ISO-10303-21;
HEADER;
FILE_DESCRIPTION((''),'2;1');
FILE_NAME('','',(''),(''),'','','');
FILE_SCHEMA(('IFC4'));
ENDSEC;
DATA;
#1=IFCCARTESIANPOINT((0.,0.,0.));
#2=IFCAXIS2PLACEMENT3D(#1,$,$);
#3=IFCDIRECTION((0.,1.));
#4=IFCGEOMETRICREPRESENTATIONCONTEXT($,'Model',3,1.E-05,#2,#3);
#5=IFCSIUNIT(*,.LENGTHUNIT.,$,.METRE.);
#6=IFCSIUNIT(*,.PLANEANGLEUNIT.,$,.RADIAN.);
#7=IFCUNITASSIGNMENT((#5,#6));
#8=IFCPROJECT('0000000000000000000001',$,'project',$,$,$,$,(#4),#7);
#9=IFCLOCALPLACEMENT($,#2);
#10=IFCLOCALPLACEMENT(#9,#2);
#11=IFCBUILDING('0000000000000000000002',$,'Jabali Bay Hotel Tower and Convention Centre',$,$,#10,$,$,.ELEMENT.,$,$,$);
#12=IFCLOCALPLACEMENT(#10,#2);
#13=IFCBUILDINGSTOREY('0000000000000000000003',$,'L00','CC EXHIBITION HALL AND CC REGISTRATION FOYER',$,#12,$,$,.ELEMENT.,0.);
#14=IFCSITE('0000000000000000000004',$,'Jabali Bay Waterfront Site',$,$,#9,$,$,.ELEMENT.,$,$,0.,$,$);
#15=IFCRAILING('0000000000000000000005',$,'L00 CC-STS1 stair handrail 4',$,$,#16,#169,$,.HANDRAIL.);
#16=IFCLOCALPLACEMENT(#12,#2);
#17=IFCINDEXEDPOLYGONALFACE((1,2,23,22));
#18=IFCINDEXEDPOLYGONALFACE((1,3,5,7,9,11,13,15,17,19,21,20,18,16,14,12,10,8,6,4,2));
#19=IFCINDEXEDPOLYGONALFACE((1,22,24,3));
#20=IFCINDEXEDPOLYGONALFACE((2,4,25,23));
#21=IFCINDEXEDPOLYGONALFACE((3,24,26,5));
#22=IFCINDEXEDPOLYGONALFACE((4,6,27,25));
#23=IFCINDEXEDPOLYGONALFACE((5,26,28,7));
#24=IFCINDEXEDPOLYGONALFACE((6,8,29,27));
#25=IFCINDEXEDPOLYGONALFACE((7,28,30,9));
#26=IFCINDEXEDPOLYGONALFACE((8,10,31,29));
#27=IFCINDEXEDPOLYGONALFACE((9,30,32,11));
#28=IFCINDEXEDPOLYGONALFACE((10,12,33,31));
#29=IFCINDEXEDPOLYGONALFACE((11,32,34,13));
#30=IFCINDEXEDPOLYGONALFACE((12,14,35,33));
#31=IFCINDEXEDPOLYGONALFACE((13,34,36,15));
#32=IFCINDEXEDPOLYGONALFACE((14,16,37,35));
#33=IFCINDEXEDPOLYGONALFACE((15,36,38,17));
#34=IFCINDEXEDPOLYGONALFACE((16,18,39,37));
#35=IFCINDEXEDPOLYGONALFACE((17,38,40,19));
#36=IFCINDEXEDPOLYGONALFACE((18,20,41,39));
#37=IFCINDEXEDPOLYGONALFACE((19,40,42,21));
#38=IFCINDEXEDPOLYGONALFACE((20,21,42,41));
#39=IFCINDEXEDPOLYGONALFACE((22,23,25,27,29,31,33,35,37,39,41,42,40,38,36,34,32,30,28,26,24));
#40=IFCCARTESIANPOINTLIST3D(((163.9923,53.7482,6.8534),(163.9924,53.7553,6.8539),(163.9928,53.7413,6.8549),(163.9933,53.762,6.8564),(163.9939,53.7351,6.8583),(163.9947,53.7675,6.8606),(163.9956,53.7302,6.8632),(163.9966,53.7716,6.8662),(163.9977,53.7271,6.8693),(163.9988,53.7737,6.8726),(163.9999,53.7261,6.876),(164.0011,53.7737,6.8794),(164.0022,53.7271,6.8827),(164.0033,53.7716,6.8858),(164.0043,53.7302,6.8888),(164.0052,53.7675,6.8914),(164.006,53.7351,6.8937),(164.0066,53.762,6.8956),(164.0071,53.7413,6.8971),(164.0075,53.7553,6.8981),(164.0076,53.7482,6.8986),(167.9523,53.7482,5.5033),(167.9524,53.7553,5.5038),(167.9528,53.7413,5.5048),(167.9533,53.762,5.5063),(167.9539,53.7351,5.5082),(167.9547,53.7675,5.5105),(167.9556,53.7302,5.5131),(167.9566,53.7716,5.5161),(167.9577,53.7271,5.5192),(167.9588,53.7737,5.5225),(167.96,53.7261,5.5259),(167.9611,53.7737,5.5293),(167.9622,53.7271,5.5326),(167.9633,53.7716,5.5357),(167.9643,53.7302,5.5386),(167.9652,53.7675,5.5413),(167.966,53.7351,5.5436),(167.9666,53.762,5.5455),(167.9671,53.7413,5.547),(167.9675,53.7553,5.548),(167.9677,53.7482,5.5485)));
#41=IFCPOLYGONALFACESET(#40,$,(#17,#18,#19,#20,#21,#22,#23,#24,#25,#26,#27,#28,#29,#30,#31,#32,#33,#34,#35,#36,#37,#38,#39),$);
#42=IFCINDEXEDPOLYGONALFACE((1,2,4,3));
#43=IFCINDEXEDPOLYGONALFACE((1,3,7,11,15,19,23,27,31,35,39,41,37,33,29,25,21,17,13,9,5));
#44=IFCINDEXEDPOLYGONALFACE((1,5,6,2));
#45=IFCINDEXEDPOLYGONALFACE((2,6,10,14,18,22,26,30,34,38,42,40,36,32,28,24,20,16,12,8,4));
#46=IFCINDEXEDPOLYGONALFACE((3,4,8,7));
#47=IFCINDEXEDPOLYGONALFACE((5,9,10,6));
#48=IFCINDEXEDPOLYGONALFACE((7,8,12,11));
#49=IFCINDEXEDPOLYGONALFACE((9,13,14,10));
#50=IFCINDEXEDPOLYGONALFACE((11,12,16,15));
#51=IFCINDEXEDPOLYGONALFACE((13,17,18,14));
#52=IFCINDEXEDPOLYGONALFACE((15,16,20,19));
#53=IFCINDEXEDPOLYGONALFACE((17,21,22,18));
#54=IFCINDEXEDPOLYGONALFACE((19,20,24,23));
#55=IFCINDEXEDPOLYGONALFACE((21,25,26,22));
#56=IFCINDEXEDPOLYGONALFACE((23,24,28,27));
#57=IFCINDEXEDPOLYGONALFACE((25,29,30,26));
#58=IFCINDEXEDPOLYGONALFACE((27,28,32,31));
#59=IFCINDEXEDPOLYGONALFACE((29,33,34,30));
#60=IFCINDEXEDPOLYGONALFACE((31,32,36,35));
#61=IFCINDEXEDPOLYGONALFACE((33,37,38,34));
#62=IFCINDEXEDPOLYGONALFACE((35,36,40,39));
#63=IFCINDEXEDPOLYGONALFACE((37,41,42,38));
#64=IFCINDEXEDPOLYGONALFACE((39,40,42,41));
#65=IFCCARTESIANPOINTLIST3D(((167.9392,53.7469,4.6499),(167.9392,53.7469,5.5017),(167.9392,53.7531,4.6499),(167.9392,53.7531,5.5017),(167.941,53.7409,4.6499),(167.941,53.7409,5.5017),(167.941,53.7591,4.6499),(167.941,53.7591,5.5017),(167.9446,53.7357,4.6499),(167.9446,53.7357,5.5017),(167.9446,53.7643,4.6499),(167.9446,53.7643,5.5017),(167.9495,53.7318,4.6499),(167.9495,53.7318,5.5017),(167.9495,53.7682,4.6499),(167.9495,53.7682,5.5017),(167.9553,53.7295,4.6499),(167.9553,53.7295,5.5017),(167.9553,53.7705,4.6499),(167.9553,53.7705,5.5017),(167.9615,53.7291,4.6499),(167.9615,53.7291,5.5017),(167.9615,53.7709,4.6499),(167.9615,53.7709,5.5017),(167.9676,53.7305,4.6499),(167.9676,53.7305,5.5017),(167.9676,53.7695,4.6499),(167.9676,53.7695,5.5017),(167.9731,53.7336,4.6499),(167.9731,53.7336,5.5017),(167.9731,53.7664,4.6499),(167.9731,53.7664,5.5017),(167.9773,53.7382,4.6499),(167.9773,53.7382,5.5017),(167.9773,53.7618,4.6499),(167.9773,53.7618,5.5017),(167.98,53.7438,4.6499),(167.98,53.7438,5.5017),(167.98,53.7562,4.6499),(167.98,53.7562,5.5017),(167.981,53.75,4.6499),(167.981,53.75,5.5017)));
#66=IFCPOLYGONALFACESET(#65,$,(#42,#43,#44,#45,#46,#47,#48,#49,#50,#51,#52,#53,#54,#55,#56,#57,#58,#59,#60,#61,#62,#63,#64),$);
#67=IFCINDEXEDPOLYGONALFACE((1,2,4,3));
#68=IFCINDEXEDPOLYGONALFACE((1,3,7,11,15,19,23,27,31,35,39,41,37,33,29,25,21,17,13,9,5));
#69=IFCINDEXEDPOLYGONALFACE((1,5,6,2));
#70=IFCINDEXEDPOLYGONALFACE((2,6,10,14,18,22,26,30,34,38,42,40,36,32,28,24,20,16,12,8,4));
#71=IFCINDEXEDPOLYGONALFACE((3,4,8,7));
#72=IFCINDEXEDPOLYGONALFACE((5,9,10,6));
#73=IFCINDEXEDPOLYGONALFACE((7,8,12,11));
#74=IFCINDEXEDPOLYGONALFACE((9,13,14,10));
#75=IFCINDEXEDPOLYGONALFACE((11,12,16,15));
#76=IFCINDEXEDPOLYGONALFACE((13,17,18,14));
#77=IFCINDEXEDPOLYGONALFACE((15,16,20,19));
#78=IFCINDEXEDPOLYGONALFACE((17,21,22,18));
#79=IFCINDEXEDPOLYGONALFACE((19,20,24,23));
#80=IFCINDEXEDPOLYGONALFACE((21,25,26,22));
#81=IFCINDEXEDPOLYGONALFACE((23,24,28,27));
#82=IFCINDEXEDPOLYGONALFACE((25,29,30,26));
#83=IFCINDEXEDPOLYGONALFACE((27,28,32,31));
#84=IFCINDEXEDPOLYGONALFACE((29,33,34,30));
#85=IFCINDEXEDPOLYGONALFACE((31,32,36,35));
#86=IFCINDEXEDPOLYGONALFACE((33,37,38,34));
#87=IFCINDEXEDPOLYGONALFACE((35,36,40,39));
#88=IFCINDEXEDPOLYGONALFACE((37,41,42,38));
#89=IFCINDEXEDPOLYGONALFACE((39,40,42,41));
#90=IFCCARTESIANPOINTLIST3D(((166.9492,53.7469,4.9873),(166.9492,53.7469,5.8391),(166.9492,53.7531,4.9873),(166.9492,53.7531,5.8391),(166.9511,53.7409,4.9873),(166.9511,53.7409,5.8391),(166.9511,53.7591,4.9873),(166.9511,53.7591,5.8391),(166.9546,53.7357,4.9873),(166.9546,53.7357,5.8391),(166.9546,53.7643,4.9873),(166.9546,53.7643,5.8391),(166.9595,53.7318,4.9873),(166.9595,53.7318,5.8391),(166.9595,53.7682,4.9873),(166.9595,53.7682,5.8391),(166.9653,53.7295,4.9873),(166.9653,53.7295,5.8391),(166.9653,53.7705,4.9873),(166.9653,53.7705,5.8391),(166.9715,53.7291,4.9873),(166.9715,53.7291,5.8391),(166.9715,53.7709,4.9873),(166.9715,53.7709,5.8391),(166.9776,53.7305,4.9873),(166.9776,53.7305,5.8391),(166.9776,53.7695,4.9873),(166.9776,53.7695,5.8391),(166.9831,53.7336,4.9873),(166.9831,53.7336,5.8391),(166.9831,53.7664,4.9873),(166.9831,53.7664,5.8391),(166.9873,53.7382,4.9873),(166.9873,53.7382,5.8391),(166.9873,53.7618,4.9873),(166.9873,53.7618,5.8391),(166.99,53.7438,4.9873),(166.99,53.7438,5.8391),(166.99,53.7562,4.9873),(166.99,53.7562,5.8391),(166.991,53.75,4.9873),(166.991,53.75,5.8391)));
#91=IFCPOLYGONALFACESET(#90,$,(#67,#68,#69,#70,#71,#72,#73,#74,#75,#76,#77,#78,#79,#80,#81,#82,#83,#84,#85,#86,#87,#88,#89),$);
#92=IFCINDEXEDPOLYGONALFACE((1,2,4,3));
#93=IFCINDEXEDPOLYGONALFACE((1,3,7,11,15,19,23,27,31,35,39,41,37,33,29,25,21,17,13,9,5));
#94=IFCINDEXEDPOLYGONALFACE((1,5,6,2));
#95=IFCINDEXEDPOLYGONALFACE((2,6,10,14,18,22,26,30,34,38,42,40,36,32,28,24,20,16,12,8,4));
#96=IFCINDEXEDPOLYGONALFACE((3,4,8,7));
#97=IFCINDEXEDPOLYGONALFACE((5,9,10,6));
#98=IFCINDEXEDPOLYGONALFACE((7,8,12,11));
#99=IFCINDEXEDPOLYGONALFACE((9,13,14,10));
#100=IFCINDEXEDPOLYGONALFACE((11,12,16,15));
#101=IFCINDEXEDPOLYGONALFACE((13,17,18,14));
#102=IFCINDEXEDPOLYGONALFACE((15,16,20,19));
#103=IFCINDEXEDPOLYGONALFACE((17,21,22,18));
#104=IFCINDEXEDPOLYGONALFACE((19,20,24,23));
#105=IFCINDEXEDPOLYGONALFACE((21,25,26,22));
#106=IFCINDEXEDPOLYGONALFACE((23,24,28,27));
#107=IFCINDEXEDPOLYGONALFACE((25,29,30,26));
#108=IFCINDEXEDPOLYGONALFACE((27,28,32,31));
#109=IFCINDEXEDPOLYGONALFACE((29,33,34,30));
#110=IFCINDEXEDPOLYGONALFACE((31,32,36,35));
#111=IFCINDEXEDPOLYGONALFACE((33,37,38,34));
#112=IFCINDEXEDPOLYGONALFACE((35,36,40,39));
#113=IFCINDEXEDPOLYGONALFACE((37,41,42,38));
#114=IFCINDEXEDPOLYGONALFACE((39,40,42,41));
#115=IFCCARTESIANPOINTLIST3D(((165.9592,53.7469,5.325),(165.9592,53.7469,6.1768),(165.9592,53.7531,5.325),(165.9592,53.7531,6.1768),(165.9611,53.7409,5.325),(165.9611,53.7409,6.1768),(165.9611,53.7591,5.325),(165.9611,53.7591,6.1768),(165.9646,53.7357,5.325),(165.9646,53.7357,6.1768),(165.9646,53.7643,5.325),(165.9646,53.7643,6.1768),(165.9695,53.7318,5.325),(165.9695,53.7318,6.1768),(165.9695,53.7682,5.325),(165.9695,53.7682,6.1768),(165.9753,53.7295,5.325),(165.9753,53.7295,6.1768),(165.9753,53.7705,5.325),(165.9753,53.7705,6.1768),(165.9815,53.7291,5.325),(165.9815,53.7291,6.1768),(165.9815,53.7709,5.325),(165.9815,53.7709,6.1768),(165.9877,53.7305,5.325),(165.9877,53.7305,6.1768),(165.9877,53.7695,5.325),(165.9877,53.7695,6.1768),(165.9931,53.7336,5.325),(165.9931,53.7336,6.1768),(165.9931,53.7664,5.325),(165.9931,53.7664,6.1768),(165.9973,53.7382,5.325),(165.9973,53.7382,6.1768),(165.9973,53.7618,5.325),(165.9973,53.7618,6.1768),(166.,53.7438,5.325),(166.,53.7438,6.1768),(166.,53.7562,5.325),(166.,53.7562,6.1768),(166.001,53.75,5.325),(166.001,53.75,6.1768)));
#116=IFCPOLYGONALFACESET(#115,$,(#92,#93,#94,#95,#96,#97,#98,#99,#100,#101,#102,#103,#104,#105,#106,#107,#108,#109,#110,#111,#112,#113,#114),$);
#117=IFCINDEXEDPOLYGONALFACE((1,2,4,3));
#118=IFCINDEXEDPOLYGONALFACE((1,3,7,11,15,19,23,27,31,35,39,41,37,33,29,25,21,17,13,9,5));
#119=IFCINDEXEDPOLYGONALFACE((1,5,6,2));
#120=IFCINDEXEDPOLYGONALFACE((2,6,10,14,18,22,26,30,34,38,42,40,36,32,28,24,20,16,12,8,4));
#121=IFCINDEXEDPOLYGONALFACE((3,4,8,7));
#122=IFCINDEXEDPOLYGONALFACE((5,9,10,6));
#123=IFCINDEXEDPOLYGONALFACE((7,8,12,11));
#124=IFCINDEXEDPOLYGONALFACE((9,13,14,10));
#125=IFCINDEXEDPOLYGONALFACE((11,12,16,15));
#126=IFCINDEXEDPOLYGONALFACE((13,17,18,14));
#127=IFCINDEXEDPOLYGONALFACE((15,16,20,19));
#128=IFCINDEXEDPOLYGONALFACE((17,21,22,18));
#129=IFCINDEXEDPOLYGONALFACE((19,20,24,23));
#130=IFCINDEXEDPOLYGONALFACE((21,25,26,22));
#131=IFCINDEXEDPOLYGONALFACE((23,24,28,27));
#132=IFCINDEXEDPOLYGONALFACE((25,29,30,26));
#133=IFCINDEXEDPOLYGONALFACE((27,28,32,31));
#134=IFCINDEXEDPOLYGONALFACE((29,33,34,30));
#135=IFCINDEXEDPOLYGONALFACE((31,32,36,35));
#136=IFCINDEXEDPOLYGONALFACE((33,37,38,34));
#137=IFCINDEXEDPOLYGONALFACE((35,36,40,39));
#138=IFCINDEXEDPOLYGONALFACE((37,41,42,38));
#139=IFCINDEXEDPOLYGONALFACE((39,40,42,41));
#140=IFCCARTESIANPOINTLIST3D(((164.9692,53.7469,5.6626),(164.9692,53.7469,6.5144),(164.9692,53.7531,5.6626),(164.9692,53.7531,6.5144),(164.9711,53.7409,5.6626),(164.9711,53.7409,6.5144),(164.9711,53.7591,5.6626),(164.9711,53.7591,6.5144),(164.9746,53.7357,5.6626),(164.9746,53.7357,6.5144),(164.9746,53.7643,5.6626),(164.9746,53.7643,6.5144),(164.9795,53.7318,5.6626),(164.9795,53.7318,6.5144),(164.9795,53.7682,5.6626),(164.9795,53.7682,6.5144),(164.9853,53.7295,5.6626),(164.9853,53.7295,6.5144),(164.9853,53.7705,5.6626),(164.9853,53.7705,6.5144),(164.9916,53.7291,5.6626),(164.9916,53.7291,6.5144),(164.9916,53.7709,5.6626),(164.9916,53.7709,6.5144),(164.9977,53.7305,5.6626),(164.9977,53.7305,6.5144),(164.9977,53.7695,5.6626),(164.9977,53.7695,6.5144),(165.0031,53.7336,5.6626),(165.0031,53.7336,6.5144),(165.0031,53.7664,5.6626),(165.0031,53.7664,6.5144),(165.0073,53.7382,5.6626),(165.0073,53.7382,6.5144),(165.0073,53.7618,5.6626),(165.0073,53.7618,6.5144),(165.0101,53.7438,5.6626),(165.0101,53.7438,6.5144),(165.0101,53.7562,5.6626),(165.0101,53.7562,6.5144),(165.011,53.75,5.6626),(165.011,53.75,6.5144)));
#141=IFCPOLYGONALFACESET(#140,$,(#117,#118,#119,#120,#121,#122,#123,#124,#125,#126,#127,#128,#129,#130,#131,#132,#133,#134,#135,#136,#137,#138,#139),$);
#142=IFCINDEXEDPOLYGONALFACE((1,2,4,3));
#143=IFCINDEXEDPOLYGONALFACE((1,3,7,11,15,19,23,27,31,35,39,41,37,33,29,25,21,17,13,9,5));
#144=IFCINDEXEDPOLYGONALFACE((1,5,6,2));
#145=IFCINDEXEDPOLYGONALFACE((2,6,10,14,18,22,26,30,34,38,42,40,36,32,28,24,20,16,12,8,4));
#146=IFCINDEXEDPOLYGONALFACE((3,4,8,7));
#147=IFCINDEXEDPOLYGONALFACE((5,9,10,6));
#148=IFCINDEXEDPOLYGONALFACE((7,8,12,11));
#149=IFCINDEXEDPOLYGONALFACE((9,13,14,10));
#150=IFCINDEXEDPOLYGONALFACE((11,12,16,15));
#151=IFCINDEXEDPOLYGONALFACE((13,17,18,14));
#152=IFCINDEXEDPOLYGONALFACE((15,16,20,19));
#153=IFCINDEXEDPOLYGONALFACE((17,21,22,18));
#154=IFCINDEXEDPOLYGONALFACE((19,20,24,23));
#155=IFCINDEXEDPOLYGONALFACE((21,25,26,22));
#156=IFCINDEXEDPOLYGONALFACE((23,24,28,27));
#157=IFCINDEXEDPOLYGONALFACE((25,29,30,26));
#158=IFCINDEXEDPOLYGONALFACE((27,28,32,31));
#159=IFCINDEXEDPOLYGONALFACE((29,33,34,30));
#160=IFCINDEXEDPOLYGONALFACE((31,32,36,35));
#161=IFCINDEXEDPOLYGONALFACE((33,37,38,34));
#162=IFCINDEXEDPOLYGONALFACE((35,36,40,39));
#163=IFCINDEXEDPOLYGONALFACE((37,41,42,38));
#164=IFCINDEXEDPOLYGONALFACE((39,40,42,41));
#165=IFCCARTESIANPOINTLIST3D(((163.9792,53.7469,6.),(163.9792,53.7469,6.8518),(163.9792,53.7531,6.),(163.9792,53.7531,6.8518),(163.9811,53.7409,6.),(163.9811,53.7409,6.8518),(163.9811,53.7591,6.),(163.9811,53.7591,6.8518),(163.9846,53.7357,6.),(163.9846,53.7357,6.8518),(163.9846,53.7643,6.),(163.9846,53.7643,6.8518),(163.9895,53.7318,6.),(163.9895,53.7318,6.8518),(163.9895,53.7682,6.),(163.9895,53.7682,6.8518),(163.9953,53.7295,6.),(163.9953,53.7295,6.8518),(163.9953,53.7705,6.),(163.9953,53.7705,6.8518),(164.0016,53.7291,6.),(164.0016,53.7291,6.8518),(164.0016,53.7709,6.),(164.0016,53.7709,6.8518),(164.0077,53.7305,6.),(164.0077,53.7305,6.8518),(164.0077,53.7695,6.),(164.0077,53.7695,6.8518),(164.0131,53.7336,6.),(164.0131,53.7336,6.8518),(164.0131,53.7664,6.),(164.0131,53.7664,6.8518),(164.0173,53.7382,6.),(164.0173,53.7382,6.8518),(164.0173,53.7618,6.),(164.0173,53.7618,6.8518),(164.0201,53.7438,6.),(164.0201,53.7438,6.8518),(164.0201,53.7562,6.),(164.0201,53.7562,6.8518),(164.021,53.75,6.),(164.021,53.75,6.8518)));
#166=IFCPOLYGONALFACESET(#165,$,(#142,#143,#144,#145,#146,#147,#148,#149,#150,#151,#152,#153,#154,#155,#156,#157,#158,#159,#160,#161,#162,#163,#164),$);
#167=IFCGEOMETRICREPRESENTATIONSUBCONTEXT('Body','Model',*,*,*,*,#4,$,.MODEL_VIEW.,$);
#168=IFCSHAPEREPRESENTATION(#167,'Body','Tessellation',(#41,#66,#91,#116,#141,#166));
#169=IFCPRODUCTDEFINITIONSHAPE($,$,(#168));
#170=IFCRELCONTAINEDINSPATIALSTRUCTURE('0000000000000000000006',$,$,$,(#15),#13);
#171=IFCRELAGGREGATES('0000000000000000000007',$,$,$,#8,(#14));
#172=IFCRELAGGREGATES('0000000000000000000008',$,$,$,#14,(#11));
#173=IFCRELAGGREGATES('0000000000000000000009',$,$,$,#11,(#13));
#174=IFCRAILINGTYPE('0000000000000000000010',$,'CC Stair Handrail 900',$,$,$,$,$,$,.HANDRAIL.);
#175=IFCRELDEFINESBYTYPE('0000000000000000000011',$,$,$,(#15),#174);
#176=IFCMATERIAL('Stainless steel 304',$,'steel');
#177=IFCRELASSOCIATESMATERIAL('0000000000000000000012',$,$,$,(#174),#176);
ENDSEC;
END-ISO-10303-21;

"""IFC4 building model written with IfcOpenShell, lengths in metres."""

from ifc_helpers import new_model, si_unit, direction, frame, origin, origin_2d, place, context, subcontext, project, spatial, circle, extrude, material, type_object, element, save


model = new_model("IFC4")

# Units and contexts
model_context = context("Model", 3, precision=1e-05, world=origin(), true_north=direction((0.0, 1.0)))
body_context = subcontext(model_context, "Body", "Model", "MODEL_VIEW")
ifc_project = project(units=[si_unit("LENGTHUNIT", "METRE"), si_unit("PLANEANGLEUNIT", "RADIAN")], contexts=[model_context])

# Site, building, storey
site_placement = place(None, origin())
site = spatial("IfcSite", under=ifc_project, at=site_placement, Name="Jabali Bay Waterfront Site", CompositionType="ELEMENT", RefElevation=0.0)
building_placement = place(site_placement, origin())
building = spatial("IfcBuilding", under=site, at=building_placement, Name="Jabali Bay Hotel Tower and Convention Centre", CompositionType="ELEMENT")
storey_placement = place(building_placement, origin())
storey = spatial("IfcBuildingStorey", under=building, at=storey_placement, Name="L00", Description="CC EXHIBITION HALL AND CC REGISTRATION FOYER", CompositionType="ELEMENT", Elevation=0.0)

# Railing
ifc_material_1 = material(Name="Stainless steel 304", Category="steel")
railing_type = type_object("IfcRailingType", Name="CC Stair Handrail 900", PredefinedType="HANDRAIL", material=ifc_material_1)
for number, where, name in (
    (1, (167.96, 53.75, 4.6499), "L00 CC-STS1 stair handrail 4"),
):
    element("IfcRailing", number, at=place(storey_placement, frame(where)), inside=storey, type_object=railing_type, Name=name, PredefinedType="HANDRAIL", context=body_context, shape_type="SweptSolid", body=[
        extrude(circle(Radius=0.0239, at=origin_2d()), frame((0.0, 0.0, 0.876), z_axis=(-0.946502, 0.0, 0.322698), x_axis=(0.0, -1.0, 0.0)), (0.0, 0.0, 1.0), 4.1838),
        extrude(circle(Radius=0.021, at=origin_2d()), origin(), (0.0, 0.0, 1.0), 0.8518),
        extrude(circle(Radius=0.021, at=origin_2d()), frame((-0.99, 0.0, 0.3374)), (0.0, 0.0, 1.0), 0.8518),
        extrude(circle(Radius=0.021, at=origin_2d()), frame((-1.98, 0.0, 0.675)), (0.0, 0.0, 1.0), 0.8518),
        extrude(circle(Radius=0.021, at=origin_2d()), frame((-2.97, 0.0, 1.0127)), (0.0, 0.0, 1.0), 0.8518),
        extrude(circle(Radius=0.021, at=origin_2d()), frame((-3.96, 0.0, 1.3501)), (0.0, 0.0, 1.0), 0.8518),
    ])

save(model, "model.ifc")
